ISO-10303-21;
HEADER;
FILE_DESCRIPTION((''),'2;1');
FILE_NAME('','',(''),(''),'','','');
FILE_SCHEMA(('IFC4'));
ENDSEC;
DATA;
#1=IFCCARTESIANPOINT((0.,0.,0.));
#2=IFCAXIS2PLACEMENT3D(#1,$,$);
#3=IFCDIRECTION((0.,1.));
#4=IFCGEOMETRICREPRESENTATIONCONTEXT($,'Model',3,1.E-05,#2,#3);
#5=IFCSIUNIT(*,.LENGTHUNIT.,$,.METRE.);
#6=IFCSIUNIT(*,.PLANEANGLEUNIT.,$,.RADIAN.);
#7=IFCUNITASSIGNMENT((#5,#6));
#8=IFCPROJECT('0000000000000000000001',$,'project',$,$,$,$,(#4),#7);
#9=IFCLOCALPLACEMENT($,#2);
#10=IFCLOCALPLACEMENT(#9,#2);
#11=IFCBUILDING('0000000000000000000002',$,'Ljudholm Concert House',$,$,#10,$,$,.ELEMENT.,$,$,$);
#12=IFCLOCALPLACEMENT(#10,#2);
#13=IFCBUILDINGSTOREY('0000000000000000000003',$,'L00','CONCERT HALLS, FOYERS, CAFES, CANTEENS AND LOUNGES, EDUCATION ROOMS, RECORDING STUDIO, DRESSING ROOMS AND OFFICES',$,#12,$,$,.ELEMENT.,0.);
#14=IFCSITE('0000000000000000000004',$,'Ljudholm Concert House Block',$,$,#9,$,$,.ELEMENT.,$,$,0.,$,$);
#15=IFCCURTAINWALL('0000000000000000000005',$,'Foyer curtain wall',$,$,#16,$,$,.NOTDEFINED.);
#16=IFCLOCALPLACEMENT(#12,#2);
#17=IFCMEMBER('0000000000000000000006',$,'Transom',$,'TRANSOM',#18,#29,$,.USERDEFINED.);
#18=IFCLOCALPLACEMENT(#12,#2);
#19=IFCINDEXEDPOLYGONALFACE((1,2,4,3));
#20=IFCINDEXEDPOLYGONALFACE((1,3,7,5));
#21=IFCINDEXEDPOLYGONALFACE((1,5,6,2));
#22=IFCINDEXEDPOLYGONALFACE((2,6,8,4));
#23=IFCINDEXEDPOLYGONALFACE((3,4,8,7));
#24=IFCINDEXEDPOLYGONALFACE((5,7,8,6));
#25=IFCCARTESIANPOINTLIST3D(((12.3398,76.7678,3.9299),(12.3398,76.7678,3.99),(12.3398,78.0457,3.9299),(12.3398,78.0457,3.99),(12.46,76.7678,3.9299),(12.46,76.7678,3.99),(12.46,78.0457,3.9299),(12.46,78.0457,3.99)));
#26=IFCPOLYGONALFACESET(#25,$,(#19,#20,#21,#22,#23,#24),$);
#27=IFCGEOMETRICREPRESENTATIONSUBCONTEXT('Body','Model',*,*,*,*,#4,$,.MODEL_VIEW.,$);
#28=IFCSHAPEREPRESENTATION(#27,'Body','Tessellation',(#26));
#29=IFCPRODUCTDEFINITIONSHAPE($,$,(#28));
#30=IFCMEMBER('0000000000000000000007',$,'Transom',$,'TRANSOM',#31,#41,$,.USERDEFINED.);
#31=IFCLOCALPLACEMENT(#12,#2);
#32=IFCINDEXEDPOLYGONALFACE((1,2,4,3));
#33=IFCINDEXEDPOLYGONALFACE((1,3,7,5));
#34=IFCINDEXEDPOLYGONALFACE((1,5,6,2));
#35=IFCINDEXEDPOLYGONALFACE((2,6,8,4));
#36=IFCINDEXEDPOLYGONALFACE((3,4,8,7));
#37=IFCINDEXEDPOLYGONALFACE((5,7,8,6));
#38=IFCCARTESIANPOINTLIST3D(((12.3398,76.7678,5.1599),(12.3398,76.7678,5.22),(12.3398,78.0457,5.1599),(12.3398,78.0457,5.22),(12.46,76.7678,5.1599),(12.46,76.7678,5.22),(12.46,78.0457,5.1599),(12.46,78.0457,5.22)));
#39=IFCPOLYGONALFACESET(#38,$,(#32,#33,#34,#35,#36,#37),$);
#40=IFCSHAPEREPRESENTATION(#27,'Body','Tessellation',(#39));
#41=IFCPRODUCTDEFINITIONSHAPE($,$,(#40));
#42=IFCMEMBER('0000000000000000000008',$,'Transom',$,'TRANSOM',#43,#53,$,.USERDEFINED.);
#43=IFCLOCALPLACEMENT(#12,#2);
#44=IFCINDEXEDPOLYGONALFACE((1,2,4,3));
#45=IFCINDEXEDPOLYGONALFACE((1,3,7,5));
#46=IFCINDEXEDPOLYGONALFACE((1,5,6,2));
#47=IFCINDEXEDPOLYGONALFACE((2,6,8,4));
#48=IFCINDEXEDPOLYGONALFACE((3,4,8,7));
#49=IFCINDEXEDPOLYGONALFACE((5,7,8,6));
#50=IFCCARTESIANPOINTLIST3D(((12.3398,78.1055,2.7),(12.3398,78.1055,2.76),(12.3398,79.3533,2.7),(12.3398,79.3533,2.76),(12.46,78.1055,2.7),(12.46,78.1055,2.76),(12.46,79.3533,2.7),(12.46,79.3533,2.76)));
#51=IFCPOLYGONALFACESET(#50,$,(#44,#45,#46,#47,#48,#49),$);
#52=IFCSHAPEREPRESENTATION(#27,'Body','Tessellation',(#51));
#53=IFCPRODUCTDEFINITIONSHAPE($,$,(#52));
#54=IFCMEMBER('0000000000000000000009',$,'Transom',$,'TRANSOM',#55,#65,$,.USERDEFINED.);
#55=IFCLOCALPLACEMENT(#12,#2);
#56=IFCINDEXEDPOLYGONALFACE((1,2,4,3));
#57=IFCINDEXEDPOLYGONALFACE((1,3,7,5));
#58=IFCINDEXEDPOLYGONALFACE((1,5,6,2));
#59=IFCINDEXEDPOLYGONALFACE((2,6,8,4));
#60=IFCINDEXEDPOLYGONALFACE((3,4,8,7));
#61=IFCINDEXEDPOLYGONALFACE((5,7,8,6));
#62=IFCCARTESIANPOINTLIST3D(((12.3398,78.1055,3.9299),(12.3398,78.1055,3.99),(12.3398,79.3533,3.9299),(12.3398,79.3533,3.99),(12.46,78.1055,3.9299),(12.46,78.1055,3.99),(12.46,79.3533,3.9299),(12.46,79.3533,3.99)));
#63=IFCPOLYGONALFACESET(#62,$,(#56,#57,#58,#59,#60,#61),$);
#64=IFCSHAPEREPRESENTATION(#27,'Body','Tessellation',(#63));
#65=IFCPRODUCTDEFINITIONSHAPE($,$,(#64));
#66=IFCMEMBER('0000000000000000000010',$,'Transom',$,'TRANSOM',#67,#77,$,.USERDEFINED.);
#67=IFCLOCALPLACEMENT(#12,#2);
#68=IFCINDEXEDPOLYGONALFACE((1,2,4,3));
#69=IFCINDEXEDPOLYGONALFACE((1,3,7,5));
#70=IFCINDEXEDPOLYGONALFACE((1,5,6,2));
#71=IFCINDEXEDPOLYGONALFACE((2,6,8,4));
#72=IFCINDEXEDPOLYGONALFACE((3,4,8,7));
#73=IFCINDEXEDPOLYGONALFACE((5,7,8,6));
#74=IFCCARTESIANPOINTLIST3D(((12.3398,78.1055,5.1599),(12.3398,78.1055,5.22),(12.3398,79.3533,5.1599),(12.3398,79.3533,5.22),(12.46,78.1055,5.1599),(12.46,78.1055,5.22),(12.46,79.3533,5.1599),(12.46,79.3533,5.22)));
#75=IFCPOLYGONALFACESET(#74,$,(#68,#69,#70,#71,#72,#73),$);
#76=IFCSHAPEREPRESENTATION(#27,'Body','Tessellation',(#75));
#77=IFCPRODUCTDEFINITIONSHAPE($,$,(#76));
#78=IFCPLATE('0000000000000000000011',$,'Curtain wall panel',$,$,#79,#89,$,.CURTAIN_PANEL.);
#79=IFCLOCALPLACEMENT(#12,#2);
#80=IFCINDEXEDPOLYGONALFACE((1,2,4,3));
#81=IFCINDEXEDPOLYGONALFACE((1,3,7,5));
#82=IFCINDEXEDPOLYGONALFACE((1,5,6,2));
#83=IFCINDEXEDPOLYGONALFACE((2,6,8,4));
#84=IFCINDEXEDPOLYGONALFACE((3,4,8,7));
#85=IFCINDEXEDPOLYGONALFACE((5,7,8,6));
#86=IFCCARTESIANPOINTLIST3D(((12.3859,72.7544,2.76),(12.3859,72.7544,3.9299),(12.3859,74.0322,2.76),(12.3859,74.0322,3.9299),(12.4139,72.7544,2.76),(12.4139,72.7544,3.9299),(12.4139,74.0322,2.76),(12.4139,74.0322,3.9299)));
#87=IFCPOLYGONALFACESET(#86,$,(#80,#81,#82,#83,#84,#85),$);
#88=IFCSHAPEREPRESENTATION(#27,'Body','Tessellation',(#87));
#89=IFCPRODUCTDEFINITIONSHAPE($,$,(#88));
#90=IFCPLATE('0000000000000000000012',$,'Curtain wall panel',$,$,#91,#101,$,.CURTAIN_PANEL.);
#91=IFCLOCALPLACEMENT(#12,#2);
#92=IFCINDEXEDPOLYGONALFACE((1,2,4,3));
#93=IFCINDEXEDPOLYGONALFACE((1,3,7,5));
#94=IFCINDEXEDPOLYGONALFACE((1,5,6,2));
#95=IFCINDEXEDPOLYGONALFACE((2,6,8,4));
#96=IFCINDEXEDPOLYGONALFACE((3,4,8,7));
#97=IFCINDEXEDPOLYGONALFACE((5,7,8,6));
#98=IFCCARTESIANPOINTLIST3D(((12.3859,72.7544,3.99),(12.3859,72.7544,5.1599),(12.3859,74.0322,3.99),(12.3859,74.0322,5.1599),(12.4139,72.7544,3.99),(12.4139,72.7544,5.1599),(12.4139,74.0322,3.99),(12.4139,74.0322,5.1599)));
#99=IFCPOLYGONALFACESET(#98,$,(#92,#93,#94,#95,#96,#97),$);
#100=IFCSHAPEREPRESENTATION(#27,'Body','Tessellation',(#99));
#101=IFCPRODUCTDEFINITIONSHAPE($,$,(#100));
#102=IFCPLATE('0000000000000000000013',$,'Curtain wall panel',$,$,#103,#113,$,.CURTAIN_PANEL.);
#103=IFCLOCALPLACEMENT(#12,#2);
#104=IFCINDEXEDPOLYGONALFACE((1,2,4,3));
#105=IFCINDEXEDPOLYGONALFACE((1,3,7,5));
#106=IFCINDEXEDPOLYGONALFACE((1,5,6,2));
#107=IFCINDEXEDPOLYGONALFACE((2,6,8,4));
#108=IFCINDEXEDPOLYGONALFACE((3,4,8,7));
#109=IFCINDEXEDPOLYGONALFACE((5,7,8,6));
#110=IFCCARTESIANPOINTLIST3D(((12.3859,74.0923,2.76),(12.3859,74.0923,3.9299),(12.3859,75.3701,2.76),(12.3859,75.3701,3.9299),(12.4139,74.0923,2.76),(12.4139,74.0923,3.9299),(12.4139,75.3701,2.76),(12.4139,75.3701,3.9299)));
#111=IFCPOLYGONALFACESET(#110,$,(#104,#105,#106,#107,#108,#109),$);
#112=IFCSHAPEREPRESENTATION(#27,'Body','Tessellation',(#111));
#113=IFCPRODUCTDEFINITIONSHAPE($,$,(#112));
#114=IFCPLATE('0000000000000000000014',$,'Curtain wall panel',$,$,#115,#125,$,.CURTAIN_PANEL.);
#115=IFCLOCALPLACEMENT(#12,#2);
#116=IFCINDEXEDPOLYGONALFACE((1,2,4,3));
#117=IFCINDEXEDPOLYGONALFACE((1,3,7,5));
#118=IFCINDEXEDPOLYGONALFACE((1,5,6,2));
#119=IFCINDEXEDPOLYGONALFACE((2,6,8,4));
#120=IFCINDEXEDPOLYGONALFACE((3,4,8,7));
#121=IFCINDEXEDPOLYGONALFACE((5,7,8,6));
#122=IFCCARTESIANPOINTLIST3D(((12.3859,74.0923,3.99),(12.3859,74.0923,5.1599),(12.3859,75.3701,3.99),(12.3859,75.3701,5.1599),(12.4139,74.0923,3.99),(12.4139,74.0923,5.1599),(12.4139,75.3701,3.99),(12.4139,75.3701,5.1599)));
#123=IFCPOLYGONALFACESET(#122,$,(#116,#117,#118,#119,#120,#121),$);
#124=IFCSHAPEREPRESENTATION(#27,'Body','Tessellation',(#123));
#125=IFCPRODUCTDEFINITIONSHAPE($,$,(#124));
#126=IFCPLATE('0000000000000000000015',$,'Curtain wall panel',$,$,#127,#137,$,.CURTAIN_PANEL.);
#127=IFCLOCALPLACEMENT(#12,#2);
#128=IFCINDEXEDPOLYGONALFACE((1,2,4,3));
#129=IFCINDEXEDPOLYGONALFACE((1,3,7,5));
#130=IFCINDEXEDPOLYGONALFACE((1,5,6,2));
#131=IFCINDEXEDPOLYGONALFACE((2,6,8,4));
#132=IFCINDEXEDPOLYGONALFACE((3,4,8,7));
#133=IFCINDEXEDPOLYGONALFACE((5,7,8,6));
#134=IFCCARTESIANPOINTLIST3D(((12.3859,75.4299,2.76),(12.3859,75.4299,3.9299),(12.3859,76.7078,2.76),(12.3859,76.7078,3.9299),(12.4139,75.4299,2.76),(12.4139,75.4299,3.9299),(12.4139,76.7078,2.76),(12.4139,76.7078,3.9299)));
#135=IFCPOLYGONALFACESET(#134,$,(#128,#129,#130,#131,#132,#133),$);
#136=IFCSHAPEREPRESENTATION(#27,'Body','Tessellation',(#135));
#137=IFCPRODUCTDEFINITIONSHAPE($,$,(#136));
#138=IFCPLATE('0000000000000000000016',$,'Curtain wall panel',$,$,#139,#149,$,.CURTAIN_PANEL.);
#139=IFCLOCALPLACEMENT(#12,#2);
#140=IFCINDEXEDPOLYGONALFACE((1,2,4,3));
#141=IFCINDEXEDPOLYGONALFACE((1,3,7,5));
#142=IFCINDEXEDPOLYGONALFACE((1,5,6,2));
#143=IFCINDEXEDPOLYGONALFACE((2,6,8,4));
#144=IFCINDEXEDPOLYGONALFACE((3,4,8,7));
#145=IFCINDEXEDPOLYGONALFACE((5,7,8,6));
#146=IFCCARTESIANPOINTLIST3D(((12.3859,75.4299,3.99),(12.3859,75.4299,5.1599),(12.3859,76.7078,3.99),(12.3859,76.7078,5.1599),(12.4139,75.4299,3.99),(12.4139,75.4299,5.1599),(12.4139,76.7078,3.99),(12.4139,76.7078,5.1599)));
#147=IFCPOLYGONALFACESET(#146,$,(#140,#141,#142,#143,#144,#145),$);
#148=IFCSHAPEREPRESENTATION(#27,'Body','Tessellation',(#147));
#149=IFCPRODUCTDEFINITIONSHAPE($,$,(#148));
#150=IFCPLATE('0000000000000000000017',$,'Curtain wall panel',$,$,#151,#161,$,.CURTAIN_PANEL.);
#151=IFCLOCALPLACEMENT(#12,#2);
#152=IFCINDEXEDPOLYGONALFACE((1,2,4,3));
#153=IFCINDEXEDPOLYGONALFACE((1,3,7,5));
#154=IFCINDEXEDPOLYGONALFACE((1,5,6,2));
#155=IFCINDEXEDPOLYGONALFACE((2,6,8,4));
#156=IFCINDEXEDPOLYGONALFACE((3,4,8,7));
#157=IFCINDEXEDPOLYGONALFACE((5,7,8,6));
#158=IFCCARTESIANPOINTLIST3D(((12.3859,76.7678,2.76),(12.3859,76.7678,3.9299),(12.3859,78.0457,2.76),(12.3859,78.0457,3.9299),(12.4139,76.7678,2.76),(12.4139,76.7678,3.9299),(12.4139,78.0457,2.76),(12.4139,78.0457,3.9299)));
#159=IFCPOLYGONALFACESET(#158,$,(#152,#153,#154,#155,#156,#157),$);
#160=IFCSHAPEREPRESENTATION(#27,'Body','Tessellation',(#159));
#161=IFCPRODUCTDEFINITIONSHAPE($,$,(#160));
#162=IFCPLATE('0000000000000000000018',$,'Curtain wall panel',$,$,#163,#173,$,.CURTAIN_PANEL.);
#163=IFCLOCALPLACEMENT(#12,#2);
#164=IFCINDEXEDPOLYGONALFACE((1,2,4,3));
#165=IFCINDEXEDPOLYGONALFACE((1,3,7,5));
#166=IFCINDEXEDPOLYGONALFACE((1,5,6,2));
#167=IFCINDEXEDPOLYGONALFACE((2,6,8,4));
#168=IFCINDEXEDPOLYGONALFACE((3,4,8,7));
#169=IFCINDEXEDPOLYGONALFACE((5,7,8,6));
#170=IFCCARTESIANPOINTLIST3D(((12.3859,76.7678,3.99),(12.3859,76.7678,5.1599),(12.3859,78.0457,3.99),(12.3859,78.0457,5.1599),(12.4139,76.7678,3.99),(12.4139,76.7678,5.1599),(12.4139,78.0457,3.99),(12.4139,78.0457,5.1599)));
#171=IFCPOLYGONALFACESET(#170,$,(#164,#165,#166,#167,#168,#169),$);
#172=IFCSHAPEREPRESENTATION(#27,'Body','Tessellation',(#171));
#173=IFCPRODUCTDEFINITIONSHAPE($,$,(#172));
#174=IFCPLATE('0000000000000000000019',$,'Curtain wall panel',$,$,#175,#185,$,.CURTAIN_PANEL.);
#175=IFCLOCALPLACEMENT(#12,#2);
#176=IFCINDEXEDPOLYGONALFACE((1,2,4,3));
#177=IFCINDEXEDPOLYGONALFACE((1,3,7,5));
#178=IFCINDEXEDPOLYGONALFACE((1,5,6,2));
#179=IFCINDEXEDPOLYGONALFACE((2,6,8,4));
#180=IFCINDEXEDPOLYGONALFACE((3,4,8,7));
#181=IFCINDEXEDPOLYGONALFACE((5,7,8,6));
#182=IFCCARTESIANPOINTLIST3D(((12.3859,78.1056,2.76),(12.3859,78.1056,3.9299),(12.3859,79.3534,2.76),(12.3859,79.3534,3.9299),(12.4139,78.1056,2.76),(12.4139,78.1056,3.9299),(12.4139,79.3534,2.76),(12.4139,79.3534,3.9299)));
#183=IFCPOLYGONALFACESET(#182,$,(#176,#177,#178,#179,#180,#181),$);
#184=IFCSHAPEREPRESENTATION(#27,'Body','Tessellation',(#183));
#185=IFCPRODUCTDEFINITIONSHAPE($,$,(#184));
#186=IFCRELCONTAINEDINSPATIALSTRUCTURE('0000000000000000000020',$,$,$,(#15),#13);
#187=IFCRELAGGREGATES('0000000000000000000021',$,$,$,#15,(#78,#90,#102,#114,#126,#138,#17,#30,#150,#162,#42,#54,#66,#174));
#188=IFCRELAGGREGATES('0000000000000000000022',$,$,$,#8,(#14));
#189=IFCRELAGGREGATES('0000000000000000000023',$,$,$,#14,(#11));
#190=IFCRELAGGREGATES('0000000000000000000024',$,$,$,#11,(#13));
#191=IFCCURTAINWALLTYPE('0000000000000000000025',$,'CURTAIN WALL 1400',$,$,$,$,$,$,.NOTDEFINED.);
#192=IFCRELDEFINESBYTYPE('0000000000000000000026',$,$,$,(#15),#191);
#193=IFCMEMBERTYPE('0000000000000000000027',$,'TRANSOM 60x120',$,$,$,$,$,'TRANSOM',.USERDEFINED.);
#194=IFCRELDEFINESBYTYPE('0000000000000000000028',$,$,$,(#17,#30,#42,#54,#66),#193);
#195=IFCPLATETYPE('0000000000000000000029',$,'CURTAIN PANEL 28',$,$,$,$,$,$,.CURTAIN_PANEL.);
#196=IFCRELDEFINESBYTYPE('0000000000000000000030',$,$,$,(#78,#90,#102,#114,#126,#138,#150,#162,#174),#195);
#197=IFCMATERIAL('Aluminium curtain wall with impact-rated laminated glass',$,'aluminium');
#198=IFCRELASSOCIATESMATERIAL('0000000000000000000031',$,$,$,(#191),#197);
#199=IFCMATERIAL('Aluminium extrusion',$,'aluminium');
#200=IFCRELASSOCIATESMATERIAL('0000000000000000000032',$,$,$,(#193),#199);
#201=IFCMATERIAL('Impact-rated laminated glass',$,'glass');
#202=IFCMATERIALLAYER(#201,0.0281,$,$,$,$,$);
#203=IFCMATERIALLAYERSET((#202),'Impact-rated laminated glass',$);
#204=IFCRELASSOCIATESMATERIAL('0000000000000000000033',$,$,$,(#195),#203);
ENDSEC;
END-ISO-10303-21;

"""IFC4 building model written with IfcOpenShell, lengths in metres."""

from ifc_helpers import new_model, si_unit, direction, frame, origin, origin_2d, place, context, subcontext, project, spatial, rectangle, extrude, material, layer, layer_set, material_profile, profile_set, type_object, element, aggregate, save


model = new_model("IFC4")

# Units and contexts
model_context = context("Model", 3, precision=1e-05, world=origin(), true_north=direction((0.0, 1.0)))
body_context = subcontext(model_context, "Body", "Model", "MODEL_VIEW")
ifc_project = project(units=[si_unit("LENGTHUNIT", "METRE"), si_unit("PLANEANGLEUNIT", "RADIAN")], contexts=[model_context])

# Site, building, storey
site_placement = place(None, origin())
site = spatial("IfcSite", under=ifc_project, at=site_placement, Name="Ljudholm Concert House Block", CompositionType="ELEMENT", RefElevation=0.0)
building_placement = place(site_placement, origin())
building = spatial("IfcBuilding", under=site, at=building_placement, Name="Ljudholm Concert House", CompositionType="ELEMENT")
storey_placement = place(building_placement, origin())
storey = spatial("IfcBuildingStorey", under=building, at=storey_placement, Name="L00", Description="CONCERT HALLS, FOYERS, CAFES, CANTEENS AND LOUNGES, EDUCATION ROOMS, RECORDING STUDIO, DRESSING ROOMS AND OFFICES", CompositionType="ELEMENT", Elevation=0.0)

# Curtain wall, members, plates
ifc_material_1 = material(Name="Aluminium curtain wall with impact-rated laminated glass", Category="aluminium")
curtain_wall_type = type_object("IfcCurtainWallType", Name="CURTAIN WALL 1400", PredefinedType="NOTDEFINED", material=ifc_material_1)
curtain_wall_placement = place(storey_placement, origin())
curtain_wall = element("IfcCurtainWall", 1, at=curtain_wall_placement, inside=storey, type_object=curtain_wall_type, Name="Foyer curtain wall", PredefinedType="NOTDEFINED")
ifc_material_2 = material(Name="Aluminium extrusion", Category="aluminium")
ifc_material_profile_1 = material_profile(ifc_material_2, rectangle(XDim=0.1201, YDim=0.0601, at=origin_2d()), Name="TRANSOM 60x120")
ifc_profile_set_1 = profile_set([ifc_material_profile_1], Name="Aluminium extrusion")
member_type_1 = type_object("IfcMemberType", Name="TRANSOM 60x120", ElementType="TRANSOM", PredefinedType="USERDEFINED", material=ifc_profile_set_1)
member_1_placement = place(storey_placement, frame((12.3999, 76.7678, 3.96), z_axis=(0.0, 1.0, 0.0), x_axis=(-1.0, 0.0, 0.0)))
member_1 = element("IfcMember", 2, at=member_1_placement, type_object=member_type_1, Name="Transom", ObjectType="TRANSOM", PredefinedType="USERDEFINED", context=body_context, shape_type="SweptSolid", body=[
    extrude(rectangle(XDim=0.1201, YDim=0.0601, at=origin_2d()), origin(), (0.0, 0.0, 1.0), 1.2778),
])
member_2_placement = place(storey_placement, frame((12.3999, 76.7678, 5.1899), z_axis=(0.0, 1.0, 0.0), x_axis=(-1.0, 0.0, 0.0)))
member_2 = element("IfcMember", 3, at=member_2_placement, type_object=member_type_1, Name="Transom", ObjectType="TRANSOM", PredefinedType="USERDEFINED", context=body_context, shape_type="SweptSolid", body=[
    extrude(rectangle(XDim=0.1201, YDim=0.0601, at=origin_2d()), origin(), (0.0, 0.0, 1.0), 1.2778),
])
member_3_placement = place(storey_placement, frame((12.3999, 78.1055, 2.73), z_axis=(0.0, 1.0, 0.0), x_axis=(-1.0, 0.0, 0.0)))
member_3 = element("IfcMember", 4, at=member_3_placement, type_object=member_type_1, Name="Transom", ObjectType="TRANSOM", PredefinedType="USERDEFINED", context=body_context, shape_type="SweptSolid", body=[
    extrude(rectangle(XDim=0.1201, YDim=0.0601, at=origin_2d()), origin(), (0.0, 0.0, 1.0), 1.2478),
])
member_4_placement = place(storey_placement, frame((12.3999, 78.1055, 3.96), z_axis=(0.0, 1.0, 0.0), x_axis=(-1.0, 0.0, 0.0)))
member_4 = element("IfcMember", 5, at=member_4_placement, type_object=member_type_1, Name="Transom", ObjectType="TRANSOM", PredefinedType="USERDEFINED", context=body_context, shape_type="SweptSolid", body=[
    extrude(rectangle(XDim=0.1201, YDim=0.0601, at=origin_2d()), origin(), (0.0, 0.0, 1.0), 1.2478),
])
member_5_placement = place(storey_placement, frame((12.3999, 78.1055, 5.1899), z_axis=(0.0, 1.0, 0.0), x_axis=(-1.0, 0.0, 0.0)))
member_5 = element("IfcMember", 6, at=member_5_placement, type_object=member_type_1, Name="Transom", ObjectType="TRANSOM", PredefinedType="USERDEFINED", context=body_context, shape_type="SweptSolid", body=[
    extrude(rectangle(XDim=0.1201, YDim=0.0601, at=origin_2d()), origin(), (0.0, 0.0, 1.0), 1.2478),
])
ifc_material_3 = material(Name="Impact-rated laminated glass", Category="glass")
ifc_layer = layer(ifc_material_3, 0.0281)
ifc_layer_set = layer_set([ifc_layer], Name="Impact-rated laminated glass")
plate_type = type_object("IfcPlateType", Name="CURTAIN PANEL 28", PredefinedType="CURTAIN_PANEL", material=ifc_layer_set)
plate_1_placement = place(storey_placement, frame((12.3999, 73.3933, 2.76), z_axis=(0.0, 0.0, 1.0), x_axis=(0.0, 1.0, 0.0)))
plate_1 = element("IfcPlate", 7, at=plate_1_placement, type_object=plate_type, Name="Curtain wall panel", PredefinedType="CURTAIN_PANEL", context=body_context, shape_type="SweptSolid", body=[
    extrude(rectangle(XDim=1.2778, YDim=0.0281, at=origin_2d()), origin(), (0.0, 0.0, 1.0), 1.1699),
])
plate_2_placement = place(storey_placement, frame((12.3999, 73.3933, 3.99), z_axis=(0.0, 0.0, 1.0), x_axis=(0.0, 1.0, 0.0)))
plate_2 = element("IfcPlate", 8, at=plate_2_placement, type_object=plate_type, Name="Curtain wall panel", PredefinedType="CURTAIN_PANEL", context=body_context, shape_type="SweptSolid", body=[
    extrude(rectangle(XDim=1.2778, YDim=0.0281, at=origin_2d()), origin(), (0.0, 0.0, 1.0), 1.1699),
])
plate_3_placement = place(storey_placement, frame((12.3999, 74.7312, 2.76), z_axis=(0.0, 0.0, 1.0), x_axis=(0.0, 1.0, 0.0)))
plate_3 = element("IfcPlate", 9, at=plate_3_placement, type_object=plate_type, Name="Curtain wall panel", PredefinedType="CURTAIN_PANEL", context=body_context, shape_type="SweptSolid", body=[
    extrude(rectangle(XDim=1.2778, YDim=0.0281, at=origin_2d()), origin(), (0.0, 0.0, 1.0), 1.1699),
])
plate_4_placement = place(storey_placement, frame((12.3999, 74.7312, 3.99), z_axis=(0.0, 0.0, 1.0), x_axis=(0.0, 1.0, 0.0)))
plate_4 = element("IfcPlate", 10, at=plate_4_placement, type_object=plate_type, Name="Curtain wall panel", PredefinedType="CURTAIN_PANEL", context=body_context, shape_type="SweptSolid", body=[
    extrude(rectangle(XDim=1.2778, YDim=0.0281, at=origin_2d()), origin(), (0.0, 0.0, 1.0), 1.1699),
])
plate_5_placement = place(storey_placement, frame((12.3999, 76.0688, 2.76), z_axis=(0.0, 0.0, 1.0), x_axis=(0.0, 1.0, 0.0)))
plate_5 = element("IfcPlate", 11, at=plate_5_placement, type_object=plate_type, Name="Curtain wall panel", PredefinedType="CURTAIN_PANEL", context=body_context, shape_type="SweptSolid", body=[
    extrude(rectangle(XDim=1.2778, YDim=0.0281, at=origin_2d()), origin(), (0.0, 0.0, 1.0), 1.1699),
])
plate_6_placement = place(storey_placement, frame((12.3999, 76.0688, 3.99), z_axis=(0.0, 0.0, 1.0), x_axis=(0.0, 1.0, 0.0)))
plate_6 = element("IfcPlate", 12, at=plate_6_placement, type_object=plate_type, Name="Curtain wall panel", PredefinedType="CURTAIN_PANEL", context=body_context, shape_type="SweptSolid", body=[
    extrude(rectangle(XDim=1.2778, YDim=0.0281, at=origin_2d()), origin(), (0.0, 0.0, 1.0), 1.1699),
])
plate_7_placement = place(storey_placement, frame((12.3999, 77.4067, 2.76), z_axis=(0.0, 0.0, 1.0), x_axis=(0.0, 1.0, 0.0)))
plate_7 = element("IfcPlate", 13, at=plate_7_placement, type_object=plate_type, Name="Curtain wall panel", PredefinedType="CURTAIN_PANEL", context=body_context, shape_type="SweptSolid", body=[
    extrude(rectangle(XDim=1.2778, YDim=0.0281, at=origin_2d()), origin(), (0.0, 0.0, 1.0), 1.1699),
])
plate_8_placement = place(storey_placement, frame((12.3999, 77.4067, 3.99), z_axis=(0.0, 0.0, 1.0), x_axis=(0.0, 1.0, 0.0)))
plate_8 = element("IfcPlate", 14, at=plate_8_placement, type_object=plate_type, Name="Curtain wall panel", PredefinedType="CURTAIN_PANEL", context=body_context, shape_type="SweptSolid", body=[
    extrude(rectangle(XDim=1.2778, YDim=0.0281, at=origin_2d()), origin(), (0.0, 0.0, 1.0), 1.1699),
])
plate_9_placement = place(storey_placement, frame((12.3999, 78.7295, 2.76), z_axis=(0.0, 0.0, 1.0), x_axis=(0.0, 1.0, 0.0)))
plate_9 = element("IfcPlate", 15, at=plate_9_placement, type_object=plate_type, Name="Curtain wall panel", PredefinedType="CURTAIN_PANEL", context=body_context, shape_type="SweptSolid", body=[
    extrude(rectangle(XDim=1.2478, YDim=0.0281, at=origin_2d()), origin(), (0.0, 0.0, 1.0), 1.1699),
])
aggregate(curtain_wall, [plate_1, plate_2, plate_3, plate_4, plate_5, plate_6, member_1, member_2, plate_7, plate_8, member_3, member_4, member_5, plate_9])

save(model, "model.ifc")
